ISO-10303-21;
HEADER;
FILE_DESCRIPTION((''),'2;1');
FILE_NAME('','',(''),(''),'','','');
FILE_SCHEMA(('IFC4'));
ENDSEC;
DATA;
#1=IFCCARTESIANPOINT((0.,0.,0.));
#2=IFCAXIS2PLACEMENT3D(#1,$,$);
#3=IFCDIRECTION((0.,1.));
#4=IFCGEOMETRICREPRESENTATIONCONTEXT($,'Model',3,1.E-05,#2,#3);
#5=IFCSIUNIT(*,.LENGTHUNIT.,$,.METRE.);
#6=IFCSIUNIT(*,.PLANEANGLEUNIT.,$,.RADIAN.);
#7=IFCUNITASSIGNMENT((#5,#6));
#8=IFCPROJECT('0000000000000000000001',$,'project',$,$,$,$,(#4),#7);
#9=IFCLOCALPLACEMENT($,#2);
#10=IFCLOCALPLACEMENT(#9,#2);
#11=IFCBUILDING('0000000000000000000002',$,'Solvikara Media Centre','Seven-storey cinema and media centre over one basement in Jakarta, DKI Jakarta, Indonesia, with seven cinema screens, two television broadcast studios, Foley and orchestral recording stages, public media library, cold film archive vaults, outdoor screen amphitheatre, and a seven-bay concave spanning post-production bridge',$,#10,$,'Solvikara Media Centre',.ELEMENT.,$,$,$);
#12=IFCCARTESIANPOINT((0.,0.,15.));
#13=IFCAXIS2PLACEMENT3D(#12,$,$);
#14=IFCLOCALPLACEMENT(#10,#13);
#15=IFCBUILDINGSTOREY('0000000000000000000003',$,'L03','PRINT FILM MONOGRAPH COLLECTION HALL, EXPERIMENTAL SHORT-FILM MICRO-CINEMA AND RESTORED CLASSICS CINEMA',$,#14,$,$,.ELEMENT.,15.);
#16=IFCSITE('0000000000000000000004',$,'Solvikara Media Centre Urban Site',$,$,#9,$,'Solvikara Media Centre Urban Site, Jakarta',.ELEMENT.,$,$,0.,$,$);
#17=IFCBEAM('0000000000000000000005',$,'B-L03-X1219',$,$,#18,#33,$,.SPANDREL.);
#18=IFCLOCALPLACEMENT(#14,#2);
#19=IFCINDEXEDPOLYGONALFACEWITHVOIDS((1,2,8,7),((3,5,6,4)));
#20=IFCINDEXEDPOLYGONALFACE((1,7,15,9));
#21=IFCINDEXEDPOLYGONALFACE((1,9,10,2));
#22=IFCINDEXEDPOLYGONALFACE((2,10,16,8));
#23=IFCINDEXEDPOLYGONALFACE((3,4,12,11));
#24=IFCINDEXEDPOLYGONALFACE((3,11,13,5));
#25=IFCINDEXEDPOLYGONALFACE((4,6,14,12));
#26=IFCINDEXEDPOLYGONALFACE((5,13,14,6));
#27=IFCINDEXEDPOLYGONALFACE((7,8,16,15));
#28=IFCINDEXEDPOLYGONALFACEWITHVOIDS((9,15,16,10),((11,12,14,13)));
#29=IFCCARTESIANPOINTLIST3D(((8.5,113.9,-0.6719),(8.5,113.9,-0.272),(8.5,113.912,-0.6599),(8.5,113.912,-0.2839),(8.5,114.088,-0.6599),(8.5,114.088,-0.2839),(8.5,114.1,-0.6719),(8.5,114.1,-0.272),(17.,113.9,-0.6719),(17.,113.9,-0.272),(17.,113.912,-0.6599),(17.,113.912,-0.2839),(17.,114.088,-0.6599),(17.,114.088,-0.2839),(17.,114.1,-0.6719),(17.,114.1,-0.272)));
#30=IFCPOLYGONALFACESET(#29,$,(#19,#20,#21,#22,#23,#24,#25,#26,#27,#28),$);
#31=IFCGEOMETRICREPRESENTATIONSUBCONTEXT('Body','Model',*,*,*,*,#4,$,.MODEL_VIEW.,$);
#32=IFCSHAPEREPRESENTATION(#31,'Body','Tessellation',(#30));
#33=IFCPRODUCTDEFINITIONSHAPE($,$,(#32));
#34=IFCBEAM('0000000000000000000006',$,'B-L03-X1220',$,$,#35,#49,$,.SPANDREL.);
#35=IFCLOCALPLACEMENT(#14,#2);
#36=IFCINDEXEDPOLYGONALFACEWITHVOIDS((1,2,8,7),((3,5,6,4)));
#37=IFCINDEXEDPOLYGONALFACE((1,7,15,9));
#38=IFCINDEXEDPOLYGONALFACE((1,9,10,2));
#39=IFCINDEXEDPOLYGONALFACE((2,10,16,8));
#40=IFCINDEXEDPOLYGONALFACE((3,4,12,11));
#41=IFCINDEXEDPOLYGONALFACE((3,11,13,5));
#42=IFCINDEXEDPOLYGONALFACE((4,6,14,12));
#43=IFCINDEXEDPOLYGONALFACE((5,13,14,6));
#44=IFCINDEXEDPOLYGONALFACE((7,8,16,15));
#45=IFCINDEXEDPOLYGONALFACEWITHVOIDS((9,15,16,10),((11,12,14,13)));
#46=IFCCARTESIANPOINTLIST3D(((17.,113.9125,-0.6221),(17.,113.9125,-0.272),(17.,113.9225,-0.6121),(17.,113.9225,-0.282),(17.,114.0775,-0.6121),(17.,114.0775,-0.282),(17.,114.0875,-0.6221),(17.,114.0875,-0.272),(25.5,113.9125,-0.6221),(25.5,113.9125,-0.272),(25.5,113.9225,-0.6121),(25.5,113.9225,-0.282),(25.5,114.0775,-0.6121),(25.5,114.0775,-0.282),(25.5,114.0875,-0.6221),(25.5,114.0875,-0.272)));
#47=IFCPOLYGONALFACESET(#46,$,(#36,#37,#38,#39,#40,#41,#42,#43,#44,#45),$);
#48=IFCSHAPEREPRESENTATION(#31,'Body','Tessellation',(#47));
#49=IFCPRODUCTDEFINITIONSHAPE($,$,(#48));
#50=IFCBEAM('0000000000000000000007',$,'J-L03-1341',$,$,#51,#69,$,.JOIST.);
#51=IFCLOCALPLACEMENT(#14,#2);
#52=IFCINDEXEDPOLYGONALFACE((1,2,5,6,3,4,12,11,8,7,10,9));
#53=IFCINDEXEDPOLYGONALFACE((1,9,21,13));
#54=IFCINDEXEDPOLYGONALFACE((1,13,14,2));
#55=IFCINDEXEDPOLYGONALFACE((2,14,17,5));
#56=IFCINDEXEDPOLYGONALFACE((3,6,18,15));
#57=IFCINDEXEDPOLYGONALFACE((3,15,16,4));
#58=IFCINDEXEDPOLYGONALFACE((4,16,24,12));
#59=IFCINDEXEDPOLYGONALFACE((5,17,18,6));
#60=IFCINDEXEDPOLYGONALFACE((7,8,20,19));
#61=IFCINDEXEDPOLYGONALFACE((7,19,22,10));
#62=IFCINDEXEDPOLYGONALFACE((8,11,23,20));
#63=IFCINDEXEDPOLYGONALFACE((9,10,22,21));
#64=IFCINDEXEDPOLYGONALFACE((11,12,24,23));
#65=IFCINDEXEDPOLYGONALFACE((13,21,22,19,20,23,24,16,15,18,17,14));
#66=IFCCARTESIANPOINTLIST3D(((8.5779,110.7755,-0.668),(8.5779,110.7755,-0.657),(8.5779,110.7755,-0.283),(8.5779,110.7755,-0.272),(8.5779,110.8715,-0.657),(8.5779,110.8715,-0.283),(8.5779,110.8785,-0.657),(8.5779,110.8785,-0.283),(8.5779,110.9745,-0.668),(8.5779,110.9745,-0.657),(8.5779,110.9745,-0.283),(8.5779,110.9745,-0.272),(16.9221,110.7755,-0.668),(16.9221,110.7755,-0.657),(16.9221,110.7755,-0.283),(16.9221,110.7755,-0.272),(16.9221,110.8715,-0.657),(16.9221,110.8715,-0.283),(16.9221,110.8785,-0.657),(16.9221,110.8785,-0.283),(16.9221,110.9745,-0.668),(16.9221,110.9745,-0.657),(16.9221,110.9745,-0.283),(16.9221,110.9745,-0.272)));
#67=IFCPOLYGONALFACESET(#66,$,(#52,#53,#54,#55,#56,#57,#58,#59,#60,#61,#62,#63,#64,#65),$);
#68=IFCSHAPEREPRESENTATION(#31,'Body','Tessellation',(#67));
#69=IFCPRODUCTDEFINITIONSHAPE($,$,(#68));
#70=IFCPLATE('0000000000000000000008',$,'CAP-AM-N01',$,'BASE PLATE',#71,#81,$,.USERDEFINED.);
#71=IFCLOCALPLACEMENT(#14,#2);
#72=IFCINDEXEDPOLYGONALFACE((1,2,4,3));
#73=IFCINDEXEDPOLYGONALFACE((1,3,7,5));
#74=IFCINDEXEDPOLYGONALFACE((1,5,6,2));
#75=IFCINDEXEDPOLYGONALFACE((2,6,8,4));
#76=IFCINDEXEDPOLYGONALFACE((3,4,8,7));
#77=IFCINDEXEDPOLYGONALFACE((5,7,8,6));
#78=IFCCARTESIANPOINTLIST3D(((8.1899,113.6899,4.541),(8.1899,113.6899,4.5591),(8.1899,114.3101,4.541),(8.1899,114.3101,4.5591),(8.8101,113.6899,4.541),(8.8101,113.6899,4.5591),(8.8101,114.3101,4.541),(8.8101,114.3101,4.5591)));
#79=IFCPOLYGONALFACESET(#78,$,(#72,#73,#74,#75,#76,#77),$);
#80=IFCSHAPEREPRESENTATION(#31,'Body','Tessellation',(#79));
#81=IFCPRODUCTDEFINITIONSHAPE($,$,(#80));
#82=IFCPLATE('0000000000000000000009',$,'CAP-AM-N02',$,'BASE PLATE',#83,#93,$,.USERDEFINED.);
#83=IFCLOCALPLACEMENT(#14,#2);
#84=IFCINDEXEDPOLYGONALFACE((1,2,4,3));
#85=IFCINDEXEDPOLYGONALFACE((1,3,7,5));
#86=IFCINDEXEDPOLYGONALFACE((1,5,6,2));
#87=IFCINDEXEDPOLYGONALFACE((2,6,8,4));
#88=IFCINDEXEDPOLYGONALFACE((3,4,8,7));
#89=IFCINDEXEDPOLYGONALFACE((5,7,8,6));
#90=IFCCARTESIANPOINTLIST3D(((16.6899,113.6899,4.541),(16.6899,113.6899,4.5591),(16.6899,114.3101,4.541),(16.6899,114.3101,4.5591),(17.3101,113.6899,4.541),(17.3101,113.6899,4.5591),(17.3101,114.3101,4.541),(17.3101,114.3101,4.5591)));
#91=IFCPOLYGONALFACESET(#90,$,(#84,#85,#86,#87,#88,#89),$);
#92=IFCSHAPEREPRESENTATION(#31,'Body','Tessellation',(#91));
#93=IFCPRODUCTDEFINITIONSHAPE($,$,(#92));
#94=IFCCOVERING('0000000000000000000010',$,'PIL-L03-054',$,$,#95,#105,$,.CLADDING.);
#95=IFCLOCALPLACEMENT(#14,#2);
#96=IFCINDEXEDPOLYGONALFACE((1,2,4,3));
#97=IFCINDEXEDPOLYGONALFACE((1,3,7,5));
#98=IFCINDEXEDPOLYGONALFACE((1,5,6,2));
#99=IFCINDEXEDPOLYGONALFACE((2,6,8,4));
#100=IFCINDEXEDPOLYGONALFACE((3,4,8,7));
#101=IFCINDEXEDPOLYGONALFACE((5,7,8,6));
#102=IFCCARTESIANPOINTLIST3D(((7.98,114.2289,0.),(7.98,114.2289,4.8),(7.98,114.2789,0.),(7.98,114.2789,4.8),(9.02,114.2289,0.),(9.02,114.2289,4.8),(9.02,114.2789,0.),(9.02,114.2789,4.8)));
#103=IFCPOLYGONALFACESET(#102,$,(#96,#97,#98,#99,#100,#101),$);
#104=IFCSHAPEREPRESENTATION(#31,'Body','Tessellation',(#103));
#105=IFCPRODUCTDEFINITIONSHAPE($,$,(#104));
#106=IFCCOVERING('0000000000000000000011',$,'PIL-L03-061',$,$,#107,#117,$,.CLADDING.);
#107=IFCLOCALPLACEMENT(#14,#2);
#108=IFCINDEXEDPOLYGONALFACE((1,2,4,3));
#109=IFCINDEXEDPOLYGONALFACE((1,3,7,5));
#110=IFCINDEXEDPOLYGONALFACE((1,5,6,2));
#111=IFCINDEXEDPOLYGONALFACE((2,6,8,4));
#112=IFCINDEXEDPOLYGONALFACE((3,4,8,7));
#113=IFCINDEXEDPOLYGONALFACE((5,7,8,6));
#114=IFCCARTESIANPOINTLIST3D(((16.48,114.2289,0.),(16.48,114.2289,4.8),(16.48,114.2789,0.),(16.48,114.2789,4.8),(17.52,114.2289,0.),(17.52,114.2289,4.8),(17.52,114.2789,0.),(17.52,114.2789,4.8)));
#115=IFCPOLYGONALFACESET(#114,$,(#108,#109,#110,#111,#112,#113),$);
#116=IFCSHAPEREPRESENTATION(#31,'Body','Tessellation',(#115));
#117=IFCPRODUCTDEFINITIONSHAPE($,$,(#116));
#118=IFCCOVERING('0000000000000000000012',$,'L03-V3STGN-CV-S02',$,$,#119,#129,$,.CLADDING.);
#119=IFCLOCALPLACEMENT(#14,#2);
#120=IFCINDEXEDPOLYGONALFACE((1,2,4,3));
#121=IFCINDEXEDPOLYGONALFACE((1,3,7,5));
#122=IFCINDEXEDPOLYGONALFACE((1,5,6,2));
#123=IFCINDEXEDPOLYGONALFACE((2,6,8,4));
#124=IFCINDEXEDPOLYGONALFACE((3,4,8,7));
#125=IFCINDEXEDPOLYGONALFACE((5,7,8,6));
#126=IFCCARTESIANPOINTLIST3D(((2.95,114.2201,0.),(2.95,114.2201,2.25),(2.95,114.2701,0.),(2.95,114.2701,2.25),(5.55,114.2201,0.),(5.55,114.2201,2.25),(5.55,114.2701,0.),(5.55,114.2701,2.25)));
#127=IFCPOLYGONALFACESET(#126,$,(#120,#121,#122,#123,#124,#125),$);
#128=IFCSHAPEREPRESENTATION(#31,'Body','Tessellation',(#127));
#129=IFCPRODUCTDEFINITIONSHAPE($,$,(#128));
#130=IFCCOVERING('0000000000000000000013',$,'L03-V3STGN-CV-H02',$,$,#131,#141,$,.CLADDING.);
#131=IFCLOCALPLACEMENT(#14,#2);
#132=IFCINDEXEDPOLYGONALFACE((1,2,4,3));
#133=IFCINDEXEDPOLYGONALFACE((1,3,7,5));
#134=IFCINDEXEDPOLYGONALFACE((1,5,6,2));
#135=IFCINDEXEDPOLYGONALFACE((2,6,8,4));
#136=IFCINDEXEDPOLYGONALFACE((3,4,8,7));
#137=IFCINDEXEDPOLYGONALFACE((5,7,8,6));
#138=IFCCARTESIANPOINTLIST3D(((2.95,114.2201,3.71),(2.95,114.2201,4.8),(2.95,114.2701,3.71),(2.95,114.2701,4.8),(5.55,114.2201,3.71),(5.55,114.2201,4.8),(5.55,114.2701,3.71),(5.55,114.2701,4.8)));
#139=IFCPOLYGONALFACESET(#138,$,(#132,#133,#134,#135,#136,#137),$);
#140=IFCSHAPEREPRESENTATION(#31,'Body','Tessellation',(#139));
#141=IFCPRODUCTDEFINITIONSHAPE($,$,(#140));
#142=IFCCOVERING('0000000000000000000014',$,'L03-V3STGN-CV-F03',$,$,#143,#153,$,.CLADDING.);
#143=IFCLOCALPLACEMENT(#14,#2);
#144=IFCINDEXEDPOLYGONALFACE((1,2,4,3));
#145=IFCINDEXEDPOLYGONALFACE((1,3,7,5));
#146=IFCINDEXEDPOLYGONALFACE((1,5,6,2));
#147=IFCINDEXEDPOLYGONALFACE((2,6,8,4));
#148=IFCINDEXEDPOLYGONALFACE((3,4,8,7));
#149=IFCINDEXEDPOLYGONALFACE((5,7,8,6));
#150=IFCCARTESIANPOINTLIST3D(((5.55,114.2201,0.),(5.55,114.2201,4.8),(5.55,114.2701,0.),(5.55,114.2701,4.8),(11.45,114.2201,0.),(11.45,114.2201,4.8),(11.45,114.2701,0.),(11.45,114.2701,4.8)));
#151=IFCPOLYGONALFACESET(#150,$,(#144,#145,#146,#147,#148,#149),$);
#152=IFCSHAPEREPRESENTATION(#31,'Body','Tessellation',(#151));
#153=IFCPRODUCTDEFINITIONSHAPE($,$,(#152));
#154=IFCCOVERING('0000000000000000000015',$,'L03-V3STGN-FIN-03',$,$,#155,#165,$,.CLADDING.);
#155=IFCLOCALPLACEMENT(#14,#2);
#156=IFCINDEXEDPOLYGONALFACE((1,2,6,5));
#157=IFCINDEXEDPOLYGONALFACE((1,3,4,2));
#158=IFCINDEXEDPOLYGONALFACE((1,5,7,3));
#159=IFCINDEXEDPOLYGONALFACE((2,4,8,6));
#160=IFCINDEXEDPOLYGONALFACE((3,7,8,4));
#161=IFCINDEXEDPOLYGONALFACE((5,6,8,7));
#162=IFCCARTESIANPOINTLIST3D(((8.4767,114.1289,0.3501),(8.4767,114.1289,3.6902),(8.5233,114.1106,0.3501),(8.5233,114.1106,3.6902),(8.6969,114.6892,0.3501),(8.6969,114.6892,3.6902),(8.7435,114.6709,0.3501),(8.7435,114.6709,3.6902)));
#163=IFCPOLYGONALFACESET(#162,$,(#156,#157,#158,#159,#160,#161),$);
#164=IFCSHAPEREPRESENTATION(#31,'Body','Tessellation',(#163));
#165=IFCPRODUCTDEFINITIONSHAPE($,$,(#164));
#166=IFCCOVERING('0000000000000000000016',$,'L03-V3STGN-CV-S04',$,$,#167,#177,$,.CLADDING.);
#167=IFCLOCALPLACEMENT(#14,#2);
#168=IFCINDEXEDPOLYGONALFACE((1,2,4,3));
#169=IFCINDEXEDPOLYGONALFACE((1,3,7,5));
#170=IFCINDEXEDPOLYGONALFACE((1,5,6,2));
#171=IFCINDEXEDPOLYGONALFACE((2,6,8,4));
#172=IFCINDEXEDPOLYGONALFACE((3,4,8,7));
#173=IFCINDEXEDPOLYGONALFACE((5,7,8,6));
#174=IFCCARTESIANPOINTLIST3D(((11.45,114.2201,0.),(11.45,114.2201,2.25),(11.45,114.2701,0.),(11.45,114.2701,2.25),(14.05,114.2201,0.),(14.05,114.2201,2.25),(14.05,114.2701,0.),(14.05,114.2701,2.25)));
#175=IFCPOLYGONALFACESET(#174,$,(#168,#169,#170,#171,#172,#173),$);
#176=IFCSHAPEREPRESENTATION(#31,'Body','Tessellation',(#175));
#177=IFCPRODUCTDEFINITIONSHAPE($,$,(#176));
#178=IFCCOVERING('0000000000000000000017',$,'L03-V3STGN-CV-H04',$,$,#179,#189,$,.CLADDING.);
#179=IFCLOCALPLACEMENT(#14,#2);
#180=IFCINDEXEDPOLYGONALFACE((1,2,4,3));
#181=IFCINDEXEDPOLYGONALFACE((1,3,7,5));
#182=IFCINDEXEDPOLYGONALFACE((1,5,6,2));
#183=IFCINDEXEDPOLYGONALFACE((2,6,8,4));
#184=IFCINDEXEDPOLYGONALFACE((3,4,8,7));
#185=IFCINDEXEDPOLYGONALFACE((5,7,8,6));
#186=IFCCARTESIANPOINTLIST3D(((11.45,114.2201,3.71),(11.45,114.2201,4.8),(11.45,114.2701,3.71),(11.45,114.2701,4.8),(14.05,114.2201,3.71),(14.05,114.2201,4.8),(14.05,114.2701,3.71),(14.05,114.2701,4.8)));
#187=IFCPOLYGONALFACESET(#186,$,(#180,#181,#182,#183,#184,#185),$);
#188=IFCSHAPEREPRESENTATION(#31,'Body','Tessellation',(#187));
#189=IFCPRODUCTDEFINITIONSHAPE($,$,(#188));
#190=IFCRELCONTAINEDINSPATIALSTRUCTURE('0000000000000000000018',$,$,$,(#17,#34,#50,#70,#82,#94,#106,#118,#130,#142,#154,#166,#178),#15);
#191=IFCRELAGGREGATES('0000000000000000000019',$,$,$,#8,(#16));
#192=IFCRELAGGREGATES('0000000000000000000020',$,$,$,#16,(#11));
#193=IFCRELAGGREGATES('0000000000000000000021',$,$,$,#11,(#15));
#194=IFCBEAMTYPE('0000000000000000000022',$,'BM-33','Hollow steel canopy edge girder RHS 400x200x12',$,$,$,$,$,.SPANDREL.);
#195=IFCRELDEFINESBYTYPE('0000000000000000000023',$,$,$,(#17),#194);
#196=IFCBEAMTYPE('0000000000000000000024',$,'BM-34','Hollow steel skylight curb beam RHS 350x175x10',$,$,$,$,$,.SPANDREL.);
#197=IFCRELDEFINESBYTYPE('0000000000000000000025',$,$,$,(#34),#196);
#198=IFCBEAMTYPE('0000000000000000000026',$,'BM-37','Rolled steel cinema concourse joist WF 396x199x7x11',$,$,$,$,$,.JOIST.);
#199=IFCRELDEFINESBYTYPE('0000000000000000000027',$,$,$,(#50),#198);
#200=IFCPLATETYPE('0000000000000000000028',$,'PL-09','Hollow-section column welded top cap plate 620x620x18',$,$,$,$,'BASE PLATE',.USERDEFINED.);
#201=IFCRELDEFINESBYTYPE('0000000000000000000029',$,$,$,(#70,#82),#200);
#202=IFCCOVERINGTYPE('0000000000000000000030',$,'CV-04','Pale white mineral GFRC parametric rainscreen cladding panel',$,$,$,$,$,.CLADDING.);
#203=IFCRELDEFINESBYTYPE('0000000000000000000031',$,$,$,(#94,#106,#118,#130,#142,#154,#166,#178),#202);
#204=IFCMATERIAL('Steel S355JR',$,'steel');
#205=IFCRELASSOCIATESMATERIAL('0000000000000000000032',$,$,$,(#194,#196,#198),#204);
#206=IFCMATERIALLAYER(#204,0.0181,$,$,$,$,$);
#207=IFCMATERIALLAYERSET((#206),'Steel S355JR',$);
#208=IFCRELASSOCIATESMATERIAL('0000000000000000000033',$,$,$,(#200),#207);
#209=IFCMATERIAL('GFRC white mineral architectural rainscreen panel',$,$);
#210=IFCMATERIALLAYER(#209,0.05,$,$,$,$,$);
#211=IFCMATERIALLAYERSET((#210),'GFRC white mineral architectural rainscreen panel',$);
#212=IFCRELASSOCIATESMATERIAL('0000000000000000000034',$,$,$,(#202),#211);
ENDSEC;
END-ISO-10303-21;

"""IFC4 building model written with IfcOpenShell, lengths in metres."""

from ifc_helpers import new_model, si_unit, direction, frame, origin, origin_2d, place, context, subcontext, project, spatial, rectangle, hollow_rectangle, i_section, extrude, material, layer, layer_set, material_profile, profile_set, type_object, element, save


model = new_model("IFC4")

# Units and contexts
model_context = context("Model", 3, precision=1e-05, world=origin(), true_north=direction((0.0, 1.0)))
body_context = subcontext(model_context, "Body", "Model", "MODEL_VIEW")
ifc_project = project(units=[si_unit("LENGTHUNIT", "METRE"), si_unit("PLANEANGLEUNIT", "RADIAN")], contexts=[model_context])

# Site, building, storey
site_placement = place(None, origin())
site = spatial("IfcSite", under=ifc_project, at=site_placement, Name="Solvikara Media Centre Urban Site", LongName="Solvikara Media Centre Urban Site, Jakarta", CompositionType="ELEMENT", RefElevation=0.0)
building_placement = place(site_placement, origin())
building = spatial("IfcBuilding", under=site, at=building_placement, Name="Solvikara Media Centre", Description="Seven-storey cinema and media centre over one basement in Jakarta, DKI Jakarta, Indonesia, with seven cinema screens, two television broadcast studios, Foley and orchestral recording stages, public media library, cold film archive vaults, outdoor screen amphitheatre, and a seven-bay concave spanning post-production bridge", LongName="Solvikara Media Centre", CompositionType="ELEMENT")
storey_placement = place(building_placement, frame((0.0, 0.0, 15.0)))
storey = spatial("IfcBuildingStorey", under=building, at=storey_placement, Name="L03", Description="PRINT FILM MONOGRAPH COLLECTION HALL, EXPERIMENTAL SHORT-FILM MICRO-CINEMA AND RESTORED CLASSICS CINEMA", CompositionType="ELEMENT", Elevation=15.0)

# Shared definitions
ifc_material_1 = material(Name="Steel S355JR", Category="steel")

# Beams
ifc_material_profile_1 = material_profile(ifc_material_1, hollow_rectangle(XDim=0.2, YDim=0.3999, WallThickness=0.012, at=origin_2d()), Name="RHS 400x200x12")
ifc_profile_set_1 = profile_set([ifc_material_profile_1], Name="Steel S355JR")
beam_type_1 = type_object("IfcBeamType", Name="BM-33", Description="Hollow steel canopy edge girder RHS 400x200x12", PredefinedType="SPANDREL", material=ifc_profile_set_1)
beam_1_placement = place(storey_placement, frame((8.5, 114.0, -0.4719), z_axis=(1.0, 0.0, 0.0), x_axis=(0.0, 1.0, 0.0)))
element("IfcBeam", 1, at=beam_1_placement, inside=storey, type_object=beam_type_1, Name="B-L03-X1219", PredefinedType="SPANDREL", context=body_context, shape_type="SweptSolid", body=[
    extrude(hollow_rectangle(XDim=0.2, YDim=0.3999, WallThickness=0.012, at=origin_2d()), origin(), (0.0, 0.0, 1.0), 8.5),
])
ifc_material_profile_2 = material_profile(ifc_material_1, hollow_rectangle(XDim=0.175, YDim=0.3501, WallThickness=0.01, at=origin_2d()), Name="RHS 350x175x10")
ifc_profile_set_2 = profile_set([ifc_material_profile_2], Name="Steel S355JR")
beam_type_2 = type_object("IfcBeamType", Name="BM-34", Description="Hollow steel skylight curb beam RHS 350x175x10", PredefinedType="SPANDREL", material=ifc_profile_set_2)
beam_2_placement = place(storey_placement, frame((17.0, 114.0, -0.447), z_axis=(1.0, 0.0, 0.0), x_axis=(0.0, 1.0, 0.0)))
element("IfcBeam", 2, at=beam_2_placement, inside=storey, type_object=beam_type_2, Name="B-L03-X1220", PredefinedType="SPANDREL", context=body_context, shape_type="SweptSolid", body=[
    extrude(hollow_rectangle(XDim=0.175, YDim=0.3501, WallThickness=0.01, at=origin_2d()), origin(), (0.0, 0.0, 1.0), 8.5),
])
ifc_material_profile_3 = material_profile(ifc_material_1, i_section(OverallWidth=0.199, OverallDepth=0.396, WebThickness=0.0071, FlangeThickness=0.011, at=origin_2d()), Name="WF 396x199x7x11")
ifc_profile_set_3 = profile_set([ifc_material_profile_3], Name="Steel S355JR")
beam_type_3 = type_object("IfcBeamType", Name="BM-37", Description="Rolled steel cinema concourse joist WF 396x199x7x11", PredefinedType="JOIST", material=ifc_profile_set_3)
beam_3_placement = place(storey_placement, frame((8.5779, 110.875, -0.47), z_axis=(1.0, 0.0, 0.0), x_axis=(0.0, 1.0, 0.0)))
element("IfcBeam", 3, at=beam_3_placement, inside=storey, type_object=beam_type_3, Name="J-L03-1341", PredefinedType="JOIST", context=body_context, shape_type="SweptSolid", body=[
    extrude(i_section(OverallWidth=0.199, OverallDepth=0.396, WebThickness=0.0071, FlangeThickness=0.011, at=origin_2d()), origin(), (0.0, 0.0, 1.0), 8.3442),
])

# Plates
ifc_layer_1 = layer(ifc_material_1, 0.0181)
ifc_layer_set_1 = layer_set([ifc_layer_1], Name="Steel S355JR")
plate_type = type_object("IfcPlateType", Name="PL-09", Description="Hollow-section column welded top cap plate 620x620x18", ElementType="BASE PLATE", PredefinedType="USERDEFINED", material=ifc_layer_set_1)
for number, where, z_axis, x_axis, name in (
    (4, (8.5, 114.0, 4.541), (0.0, 0.0, 1.0), (1.0, 0.0, 0.0), "CAP-AM-N01"),
    (5, (17.0, 114.0, 4.541), (0.0, 0.0, 1.0), (1.0, 0.0, 0.0), "CAP-AM-N02"),
):
    element("IfcPlate", number, at=place(storey_placement, frame(where, z_axis=z_axis, x_axis=x_axis)), inside=storey, type_object=plate_type, Name=name, ObjectType="BASE PLATE", PredefinedType="USERDEFINED", context=body_context, shape_type="SweptSolid", body=[
        extrude(rectangle(XDim=0.6201, YDim=0.6201, at=origin_2d()), origin(), (0.0, 0.0, 1.0), 0.0181),
    ])

# Coverings
ifc_material_2 = material(Name="GFRC white mineral architectural rainscreen panel")
ifc_layer_2 = layer(ifc_material_2, 0.05)
ifc_layer_set_2 = layer_set([ifc_layer_2], Name="GFRC white mineral architectural rainscreen panel")
covering_type = type_object("IfcCoveringType", Name="CV-04", Description="Pale white mineral GFRC parametric rainscreen cladding panel", PredefinedType="CLADDING", material=ifc_layer_set_2)
for number, where, z_axis, x_axis, name in (
    (6, (8.5, 114.2539, 0.0), (0.0, 0.0, 1.0), (-1.0, 0.0, 0.0), "PIL-L03-054"),
    (7, (17.0, 114.2539, 0.0), (0.0, 0.0, 1.0), (-1.0, 0.0, 0.0), "PIL-L03-061"),
):
    element("IfcCovering", number, at=place(storey_placement, frame(where, z_axis=z_axis, x_axis=x_axis)), inside=storey, type_object=covering_type, Name=name, PredefinedType="CLADDING", context=body_context, shape_type="SweptSolid", body=[
        extrude(rectangle(XDim=1.04, YDim=0.05, at=origin_2d()), origin(), (0.0, 0.0, 1.0), 4.8),
    ])
covering_1_placement = place(storey_placement, frame((4.25, 114.2451, 0.0), z_axis=(0.0, 0.0, 1.0), x_axis=(1.0, 0.0, 0.0)))
element("IfcCovering", 8, at=covering_1_placement, inside=storey, type_object=covering_type, Name="L03-V3STGN-CV-S02", PredefinedType="CLADDING", context=body_context, shape_type="SweptSolid", body=[
    extrude(rectangle(XDim=2.6001, YDim=0.05, at=origin_2d()), origin(), (0.0, 0.0, 1.0), 2.25),
])
covering_2_placement = place(storey_placement, frame((4.25, 114.2451, 3.71), z_axis=(0.0, 0.0, 1.0), x_axis=(1.0, 0.0, 0.0)))
element("IfcCovering", 9, at=covering_2_placement, inside=storey, type_object=covering_type, Name="L03-V3STGN-CV-H02", PredefinedType="CLADDING", context=body_context, shape_type="SweptSolid", body=[
    extrude(rectangle(XDim=2.6001, YDim=0.05, at=origin_2d()), origin(), (0.0, 0.0, 1.0), 1.0901),
])
covering_3_placement = place(storey_placement, frame((8.5, 114.2451, 0.0), z_axis=(0.0, 0.0, 1.0), x_axis=(1.0, 0.0, 0.0)))
element("IfcCovering", 10, at=covering_3_placement, inside=storey, type_object=covering_type, Name="L03-V3STGN-CV-F03", PredefinedType="CLADDING", context=body_context, shape_type="SweptSolid", body=[
    extrude(rectangle(XDim=5.8999, YDim=0.05, at=origin_2d()), origin(), (0.0, 0.0, 1.0), 4.8),
])
covering_4_placement = place(storey_placement, frame((8.6101, 114.3999, 0.3501), z_axis=(0.0, 0.0, 1.0), x_axis=(0.365657, 0.93075, 0.0)))
element("IfcCovering", 11, at=covering_4_placement, inside=storey, type_object=covering_type, Name="L03-V3STGN-FIN-03", PredefinedType="CLADDING", context=body_context, shape_type="SweptSolid", body=[
    extrude(rectangle(XDim=0.6021, YDim=0.05, at=origin_2d()), origin(), (0.0, 0.0, 1.0), 3.3401),
])
covering_5_placement = place(storey_placement, frame((12.75, 114.2451, 0.0), z_axis=(0.0, 0.0, 1.0), x_axis=(1.0, 0.0, 0.0)))
element("IfcCovering", 12, at=covering_5_placement, inside=storey, type_object=covering_type, Name="L03-V3STGN-CV-S04", PredefinedType="CLADDING", context=body_context, shape_type="SweptSolid", body=[
    extrude(rectangle(XDim=2.6001, YDim=0.05, at=origin_2d()), origin(), (0.0, 0.0, 1.0), 2.25),
])
covering_6_placement = place(storey_placement, frame((12.75, 114.2451, 3.71), z_axis=(0.0, 0.0, 1.0), x_axis=(1.0, 0.0, 0.0)))
element("IfcCovering", 13, at=covering_6_placement, inside=storey, type_object=covering_type, Name="L03-V3STGN-CV-H04", PredefinedType="CLADDING", context=body_context, shape_type="SweptSolid", body=[
    extrude(rectangle(XDim=2.6001, YDim=0.05, at=origin_2d()), origin(), (0.0, 0.0, 1.0), 1.0901),
])

save(model, "model.ifc")
